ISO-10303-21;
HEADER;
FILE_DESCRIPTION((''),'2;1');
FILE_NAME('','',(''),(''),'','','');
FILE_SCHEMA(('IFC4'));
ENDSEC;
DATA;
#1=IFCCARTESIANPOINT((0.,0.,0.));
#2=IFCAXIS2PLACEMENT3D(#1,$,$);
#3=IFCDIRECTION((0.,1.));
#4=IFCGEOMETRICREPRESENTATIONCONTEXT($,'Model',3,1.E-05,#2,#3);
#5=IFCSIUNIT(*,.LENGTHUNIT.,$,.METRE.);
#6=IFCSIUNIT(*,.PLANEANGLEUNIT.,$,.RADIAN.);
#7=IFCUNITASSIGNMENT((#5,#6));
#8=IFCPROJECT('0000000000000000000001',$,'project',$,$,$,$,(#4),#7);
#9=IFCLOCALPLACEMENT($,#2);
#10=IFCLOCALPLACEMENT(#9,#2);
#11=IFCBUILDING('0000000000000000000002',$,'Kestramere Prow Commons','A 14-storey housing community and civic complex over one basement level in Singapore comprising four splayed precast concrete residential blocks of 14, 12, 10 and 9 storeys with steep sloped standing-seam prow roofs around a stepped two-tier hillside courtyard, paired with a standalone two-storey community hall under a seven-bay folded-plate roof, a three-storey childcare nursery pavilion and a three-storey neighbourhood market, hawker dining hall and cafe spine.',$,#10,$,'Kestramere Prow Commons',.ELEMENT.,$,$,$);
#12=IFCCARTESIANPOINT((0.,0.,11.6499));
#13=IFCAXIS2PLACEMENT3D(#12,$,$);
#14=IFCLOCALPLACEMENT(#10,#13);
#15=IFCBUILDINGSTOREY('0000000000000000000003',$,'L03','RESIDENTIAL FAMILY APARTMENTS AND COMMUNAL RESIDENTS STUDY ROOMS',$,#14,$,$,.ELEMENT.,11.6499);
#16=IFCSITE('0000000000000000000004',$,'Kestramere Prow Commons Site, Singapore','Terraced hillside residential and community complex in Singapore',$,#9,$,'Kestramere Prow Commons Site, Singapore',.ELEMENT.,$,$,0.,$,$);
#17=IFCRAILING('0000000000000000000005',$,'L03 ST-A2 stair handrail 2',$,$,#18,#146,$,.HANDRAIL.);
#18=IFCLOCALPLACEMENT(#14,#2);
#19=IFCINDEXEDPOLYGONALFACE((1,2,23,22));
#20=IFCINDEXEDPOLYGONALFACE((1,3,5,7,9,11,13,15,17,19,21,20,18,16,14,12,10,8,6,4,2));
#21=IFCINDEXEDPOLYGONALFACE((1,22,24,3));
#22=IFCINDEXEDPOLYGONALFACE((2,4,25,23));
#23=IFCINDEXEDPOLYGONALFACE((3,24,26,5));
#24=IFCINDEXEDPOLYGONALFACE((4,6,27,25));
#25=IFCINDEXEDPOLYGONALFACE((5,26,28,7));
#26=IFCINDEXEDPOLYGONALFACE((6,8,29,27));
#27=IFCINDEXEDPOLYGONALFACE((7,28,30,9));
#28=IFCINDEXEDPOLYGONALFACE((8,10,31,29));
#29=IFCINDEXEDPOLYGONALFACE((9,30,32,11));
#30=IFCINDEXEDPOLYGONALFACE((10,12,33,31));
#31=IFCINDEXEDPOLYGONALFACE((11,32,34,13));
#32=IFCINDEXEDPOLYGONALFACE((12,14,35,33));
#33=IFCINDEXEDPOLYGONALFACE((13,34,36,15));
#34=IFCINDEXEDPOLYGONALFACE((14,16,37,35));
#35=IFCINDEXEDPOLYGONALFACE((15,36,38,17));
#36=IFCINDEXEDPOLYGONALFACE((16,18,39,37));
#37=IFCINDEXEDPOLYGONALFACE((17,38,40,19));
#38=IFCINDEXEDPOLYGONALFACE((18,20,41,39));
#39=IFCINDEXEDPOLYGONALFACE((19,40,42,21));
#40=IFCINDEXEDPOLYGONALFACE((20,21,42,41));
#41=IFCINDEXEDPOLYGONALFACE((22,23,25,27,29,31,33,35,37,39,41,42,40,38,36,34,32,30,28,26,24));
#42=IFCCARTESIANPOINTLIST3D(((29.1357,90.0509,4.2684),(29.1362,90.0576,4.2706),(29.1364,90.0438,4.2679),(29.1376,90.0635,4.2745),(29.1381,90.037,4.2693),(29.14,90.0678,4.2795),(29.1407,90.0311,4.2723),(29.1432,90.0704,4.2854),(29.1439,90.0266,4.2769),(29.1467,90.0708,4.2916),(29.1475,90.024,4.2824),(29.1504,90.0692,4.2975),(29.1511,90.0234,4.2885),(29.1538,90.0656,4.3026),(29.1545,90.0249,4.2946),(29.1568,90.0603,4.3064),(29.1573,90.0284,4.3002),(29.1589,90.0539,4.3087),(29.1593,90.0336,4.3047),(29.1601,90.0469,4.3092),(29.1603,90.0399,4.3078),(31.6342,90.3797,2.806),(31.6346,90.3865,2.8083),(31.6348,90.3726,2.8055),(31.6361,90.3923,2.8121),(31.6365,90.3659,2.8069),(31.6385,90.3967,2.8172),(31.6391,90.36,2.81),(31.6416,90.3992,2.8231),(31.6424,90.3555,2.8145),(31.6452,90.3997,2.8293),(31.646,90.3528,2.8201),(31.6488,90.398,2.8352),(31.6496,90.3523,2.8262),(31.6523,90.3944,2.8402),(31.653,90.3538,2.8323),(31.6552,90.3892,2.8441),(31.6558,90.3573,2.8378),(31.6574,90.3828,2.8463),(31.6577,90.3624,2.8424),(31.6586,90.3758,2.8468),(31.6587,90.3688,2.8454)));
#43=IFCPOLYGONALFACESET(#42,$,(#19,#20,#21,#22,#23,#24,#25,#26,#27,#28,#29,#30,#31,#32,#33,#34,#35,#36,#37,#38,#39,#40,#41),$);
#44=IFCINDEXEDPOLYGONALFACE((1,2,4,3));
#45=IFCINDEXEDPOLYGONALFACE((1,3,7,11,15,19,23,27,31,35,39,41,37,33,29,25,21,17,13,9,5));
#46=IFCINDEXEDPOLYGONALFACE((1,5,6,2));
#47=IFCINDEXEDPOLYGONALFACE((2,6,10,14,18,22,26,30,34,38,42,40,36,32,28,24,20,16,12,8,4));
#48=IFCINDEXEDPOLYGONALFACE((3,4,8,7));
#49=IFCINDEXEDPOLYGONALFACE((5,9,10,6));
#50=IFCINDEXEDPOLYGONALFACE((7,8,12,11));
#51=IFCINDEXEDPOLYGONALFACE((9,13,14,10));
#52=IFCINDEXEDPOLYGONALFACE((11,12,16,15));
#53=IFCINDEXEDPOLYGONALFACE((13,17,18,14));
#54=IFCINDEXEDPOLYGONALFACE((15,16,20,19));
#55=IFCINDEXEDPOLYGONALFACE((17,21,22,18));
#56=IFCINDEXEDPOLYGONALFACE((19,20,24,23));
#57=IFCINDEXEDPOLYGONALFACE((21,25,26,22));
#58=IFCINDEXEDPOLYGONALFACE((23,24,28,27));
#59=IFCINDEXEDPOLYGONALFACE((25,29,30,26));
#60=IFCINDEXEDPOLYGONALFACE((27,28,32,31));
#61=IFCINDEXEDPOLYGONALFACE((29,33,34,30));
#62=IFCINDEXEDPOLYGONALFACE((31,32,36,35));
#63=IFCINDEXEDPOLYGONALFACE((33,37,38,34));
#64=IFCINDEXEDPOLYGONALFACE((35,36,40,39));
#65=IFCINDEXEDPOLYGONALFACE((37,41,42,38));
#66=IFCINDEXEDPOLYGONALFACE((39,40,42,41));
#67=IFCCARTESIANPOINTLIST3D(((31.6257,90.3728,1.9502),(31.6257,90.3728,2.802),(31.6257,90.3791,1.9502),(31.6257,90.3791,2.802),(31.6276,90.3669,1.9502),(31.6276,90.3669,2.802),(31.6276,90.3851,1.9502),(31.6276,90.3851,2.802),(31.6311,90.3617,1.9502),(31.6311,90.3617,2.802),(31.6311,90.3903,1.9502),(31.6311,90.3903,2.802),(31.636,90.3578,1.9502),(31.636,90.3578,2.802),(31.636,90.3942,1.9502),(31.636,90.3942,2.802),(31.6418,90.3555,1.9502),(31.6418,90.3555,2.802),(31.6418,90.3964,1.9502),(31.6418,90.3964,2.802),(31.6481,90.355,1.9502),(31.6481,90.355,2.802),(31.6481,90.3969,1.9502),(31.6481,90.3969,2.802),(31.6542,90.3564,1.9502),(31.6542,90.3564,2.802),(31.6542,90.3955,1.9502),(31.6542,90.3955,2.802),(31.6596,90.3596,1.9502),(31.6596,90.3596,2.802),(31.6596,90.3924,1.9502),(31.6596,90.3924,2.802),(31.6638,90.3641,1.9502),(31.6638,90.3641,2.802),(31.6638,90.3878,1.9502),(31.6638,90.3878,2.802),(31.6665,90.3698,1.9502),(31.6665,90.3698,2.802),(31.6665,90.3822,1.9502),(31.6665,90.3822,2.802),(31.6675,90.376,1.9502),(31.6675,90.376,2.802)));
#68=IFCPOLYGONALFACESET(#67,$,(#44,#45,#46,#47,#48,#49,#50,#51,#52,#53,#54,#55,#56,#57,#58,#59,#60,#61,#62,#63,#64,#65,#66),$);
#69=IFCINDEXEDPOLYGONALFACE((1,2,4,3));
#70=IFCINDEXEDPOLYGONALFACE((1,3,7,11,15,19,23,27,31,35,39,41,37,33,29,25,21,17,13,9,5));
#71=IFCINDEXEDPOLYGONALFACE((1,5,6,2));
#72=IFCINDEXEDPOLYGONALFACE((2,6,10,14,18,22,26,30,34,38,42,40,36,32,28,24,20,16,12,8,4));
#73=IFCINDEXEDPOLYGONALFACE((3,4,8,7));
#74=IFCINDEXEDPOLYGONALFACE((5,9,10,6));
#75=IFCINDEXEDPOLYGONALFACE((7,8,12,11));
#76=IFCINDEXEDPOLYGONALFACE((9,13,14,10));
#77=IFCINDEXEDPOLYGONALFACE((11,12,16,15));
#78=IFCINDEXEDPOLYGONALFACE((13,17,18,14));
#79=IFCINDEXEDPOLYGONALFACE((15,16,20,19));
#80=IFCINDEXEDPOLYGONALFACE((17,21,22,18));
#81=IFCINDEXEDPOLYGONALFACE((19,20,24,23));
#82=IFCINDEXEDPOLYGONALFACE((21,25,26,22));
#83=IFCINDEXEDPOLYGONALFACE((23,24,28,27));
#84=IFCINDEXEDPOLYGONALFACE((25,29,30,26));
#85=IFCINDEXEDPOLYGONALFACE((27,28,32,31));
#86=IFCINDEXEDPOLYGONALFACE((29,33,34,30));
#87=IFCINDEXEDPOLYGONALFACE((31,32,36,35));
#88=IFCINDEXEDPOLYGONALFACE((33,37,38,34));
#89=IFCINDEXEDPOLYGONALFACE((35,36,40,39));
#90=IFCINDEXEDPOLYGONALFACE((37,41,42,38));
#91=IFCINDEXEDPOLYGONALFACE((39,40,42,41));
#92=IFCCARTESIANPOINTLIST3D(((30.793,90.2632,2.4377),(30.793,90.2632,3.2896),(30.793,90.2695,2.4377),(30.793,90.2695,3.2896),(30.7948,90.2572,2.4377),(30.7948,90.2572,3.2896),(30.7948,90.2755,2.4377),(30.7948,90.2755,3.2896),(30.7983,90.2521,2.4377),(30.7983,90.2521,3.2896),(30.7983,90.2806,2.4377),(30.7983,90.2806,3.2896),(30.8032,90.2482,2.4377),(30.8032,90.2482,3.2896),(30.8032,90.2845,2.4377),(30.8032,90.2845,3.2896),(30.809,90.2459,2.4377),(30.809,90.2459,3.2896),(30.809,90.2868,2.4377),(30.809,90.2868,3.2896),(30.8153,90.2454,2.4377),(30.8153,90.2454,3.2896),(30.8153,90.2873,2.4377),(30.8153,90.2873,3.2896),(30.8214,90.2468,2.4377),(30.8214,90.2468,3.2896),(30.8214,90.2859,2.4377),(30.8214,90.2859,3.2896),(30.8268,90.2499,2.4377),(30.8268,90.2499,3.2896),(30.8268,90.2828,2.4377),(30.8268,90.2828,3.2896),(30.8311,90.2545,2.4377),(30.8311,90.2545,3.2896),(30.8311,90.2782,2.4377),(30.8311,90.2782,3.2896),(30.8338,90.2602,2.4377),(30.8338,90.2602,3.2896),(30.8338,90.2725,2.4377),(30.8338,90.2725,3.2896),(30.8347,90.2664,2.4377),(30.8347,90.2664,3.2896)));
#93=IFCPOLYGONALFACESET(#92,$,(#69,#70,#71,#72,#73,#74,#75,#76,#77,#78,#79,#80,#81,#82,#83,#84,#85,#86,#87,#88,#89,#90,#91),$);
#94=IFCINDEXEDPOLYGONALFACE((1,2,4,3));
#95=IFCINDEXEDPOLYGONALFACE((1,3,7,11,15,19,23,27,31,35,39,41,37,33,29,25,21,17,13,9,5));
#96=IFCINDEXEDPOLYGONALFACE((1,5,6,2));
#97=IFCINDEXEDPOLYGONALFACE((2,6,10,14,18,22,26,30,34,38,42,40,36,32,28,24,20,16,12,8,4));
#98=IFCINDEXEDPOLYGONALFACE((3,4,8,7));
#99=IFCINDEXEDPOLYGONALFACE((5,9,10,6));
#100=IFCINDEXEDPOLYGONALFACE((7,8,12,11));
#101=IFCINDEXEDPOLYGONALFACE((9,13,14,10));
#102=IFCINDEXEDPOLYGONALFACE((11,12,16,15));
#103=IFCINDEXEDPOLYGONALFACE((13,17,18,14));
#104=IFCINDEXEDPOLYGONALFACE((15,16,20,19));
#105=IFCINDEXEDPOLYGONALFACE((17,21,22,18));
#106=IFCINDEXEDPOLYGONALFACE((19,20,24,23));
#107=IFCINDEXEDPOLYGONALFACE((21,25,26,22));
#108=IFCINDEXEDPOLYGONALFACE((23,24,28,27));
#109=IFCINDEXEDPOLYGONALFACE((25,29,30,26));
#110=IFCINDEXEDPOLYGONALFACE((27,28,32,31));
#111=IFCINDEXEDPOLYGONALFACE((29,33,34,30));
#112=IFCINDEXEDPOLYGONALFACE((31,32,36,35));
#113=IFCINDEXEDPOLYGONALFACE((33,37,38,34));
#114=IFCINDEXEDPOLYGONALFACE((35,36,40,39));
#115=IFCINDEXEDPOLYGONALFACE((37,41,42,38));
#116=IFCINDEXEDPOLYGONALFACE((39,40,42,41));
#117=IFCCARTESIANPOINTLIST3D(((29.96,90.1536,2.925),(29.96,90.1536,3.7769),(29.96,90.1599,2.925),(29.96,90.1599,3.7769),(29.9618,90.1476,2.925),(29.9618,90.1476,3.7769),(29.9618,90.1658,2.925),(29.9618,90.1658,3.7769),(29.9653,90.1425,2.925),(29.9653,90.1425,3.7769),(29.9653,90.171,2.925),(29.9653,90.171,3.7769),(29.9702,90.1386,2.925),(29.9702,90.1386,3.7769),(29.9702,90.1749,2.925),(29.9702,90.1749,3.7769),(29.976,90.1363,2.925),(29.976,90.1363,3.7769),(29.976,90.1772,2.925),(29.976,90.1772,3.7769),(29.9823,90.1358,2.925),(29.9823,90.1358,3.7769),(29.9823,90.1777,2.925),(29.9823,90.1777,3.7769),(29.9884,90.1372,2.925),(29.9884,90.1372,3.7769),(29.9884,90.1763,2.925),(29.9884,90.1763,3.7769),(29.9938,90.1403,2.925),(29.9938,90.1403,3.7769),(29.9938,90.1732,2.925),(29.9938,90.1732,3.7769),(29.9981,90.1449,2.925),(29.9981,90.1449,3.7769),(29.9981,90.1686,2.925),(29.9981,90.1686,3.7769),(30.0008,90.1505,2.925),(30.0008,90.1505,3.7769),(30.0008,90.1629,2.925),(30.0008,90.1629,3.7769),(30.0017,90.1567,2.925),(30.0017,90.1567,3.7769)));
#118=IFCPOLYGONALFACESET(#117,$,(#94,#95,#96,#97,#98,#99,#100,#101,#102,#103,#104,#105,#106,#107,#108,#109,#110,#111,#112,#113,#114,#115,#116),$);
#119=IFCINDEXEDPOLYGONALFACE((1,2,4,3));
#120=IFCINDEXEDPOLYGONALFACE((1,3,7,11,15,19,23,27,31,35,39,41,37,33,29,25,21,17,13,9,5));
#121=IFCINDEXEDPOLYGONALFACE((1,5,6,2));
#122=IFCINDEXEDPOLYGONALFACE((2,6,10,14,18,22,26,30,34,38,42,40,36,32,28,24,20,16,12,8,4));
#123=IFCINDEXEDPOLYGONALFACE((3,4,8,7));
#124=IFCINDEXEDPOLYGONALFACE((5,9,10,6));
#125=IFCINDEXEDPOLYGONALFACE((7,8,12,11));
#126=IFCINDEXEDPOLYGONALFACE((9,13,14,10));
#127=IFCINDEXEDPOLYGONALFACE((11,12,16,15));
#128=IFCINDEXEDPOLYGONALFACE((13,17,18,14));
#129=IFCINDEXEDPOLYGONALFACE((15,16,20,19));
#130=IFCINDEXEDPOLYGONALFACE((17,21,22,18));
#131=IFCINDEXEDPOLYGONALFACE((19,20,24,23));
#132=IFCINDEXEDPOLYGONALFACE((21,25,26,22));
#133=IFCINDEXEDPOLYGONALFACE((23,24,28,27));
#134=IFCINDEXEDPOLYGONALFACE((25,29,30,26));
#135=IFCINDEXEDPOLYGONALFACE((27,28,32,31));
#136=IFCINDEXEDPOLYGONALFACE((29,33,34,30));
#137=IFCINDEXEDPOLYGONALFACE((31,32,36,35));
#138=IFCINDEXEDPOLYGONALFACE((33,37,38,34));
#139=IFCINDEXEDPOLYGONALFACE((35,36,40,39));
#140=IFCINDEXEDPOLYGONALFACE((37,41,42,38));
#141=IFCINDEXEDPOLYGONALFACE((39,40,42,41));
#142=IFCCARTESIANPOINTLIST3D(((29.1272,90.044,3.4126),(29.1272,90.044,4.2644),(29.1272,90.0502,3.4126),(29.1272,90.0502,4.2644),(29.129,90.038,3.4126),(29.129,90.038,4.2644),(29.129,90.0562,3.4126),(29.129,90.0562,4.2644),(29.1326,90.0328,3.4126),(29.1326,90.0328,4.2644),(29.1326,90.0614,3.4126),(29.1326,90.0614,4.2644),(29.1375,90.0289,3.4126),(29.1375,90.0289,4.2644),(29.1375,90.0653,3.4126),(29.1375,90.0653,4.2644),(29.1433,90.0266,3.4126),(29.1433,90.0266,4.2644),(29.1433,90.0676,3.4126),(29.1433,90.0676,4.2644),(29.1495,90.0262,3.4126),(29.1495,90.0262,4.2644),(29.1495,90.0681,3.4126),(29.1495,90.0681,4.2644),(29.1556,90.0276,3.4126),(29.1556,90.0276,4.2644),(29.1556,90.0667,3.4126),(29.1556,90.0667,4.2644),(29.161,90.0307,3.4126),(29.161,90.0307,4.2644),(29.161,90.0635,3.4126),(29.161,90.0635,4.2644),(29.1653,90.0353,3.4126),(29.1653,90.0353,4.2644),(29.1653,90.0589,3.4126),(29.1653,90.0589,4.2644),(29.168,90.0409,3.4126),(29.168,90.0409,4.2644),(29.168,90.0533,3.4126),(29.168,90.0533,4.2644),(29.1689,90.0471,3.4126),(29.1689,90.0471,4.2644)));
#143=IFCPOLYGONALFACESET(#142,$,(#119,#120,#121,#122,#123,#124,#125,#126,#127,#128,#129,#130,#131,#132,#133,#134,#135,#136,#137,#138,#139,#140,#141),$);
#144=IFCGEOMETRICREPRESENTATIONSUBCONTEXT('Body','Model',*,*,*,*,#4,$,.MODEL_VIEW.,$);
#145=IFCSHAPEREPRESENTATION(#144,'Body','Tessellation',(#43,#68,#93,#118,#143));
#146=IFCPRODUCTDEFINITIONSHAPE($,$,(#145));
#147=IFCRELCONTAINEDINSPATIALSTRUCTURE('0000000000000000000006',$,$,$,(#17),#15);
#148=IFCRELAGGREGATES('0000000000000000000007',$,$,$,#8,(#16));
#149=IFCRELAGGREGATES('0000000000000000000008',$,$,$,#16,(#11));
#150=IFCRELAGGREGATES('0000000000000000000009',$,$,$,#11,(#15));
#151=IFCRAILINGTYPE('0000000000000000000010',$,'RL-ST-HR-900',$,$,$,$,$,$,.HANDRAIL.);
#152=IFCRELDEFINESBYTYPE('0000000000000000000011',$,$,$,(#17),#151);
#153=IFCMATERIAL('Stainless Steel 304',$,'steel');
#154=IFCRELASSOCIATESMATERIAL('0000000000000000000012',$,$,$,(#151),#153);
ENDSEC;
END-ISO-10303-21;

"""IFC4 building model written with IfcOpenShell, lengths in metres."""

from ifc_helpers import new_model, si_unit, direction, frame, origin, origin_2d, place, context, subcontext, project, spatial, circle, extrude, material, type_object, element, save


model = new_model("IFC4")

# Units and contexts
model_context = context("Model", 3, precision=1e-05, world=origin(), true_north=direction((0.0, 1.0)))
body_context = subcontext(model_context, "Body", "Model", "MODEL_VIEW")
ifc_project = project(units=[si_unit("LENGTHUNIT", "METRE"), si_unit("PLANEANGLEUNIT", "RADIAN")], contexts=[model_context])

# Site, building, storey
site_placement = place(None, origin())
site = spatial("IfcSite", under=ifc_project, at=site_placement, Name="Kestramere Prow Commons Site, Singapore", Description="Terraced hillside residential and community complex in Singapore", LongName="Kestramere Prow Commons Site, Singapore", CompositionType="ELEMENT", RefElevation=0.0)
building_placement = place(site_placement, origin())
building = spatial("IfcBuilding", under=site, at=building_placement, Name="Kestramere Prow Commons", Description="A 14-storey housing community and civic complex over one basement level in Singapore comprising four splayed precast concrete residential blocks of 14, 12, 10 and 9 storeys with steep sloped standing-seam prow roofs around a stepped two-tier hillside courtyard, paired with a standalone two-storey community hall under a seven-bay folded-plate roof, a three-storey childcare nursery pavilion and a three-storey neighbourhood market, hawker dining hall and cafe spine.", LongName="Kestramere Prow Commons", CompositionType="ELEMENT")
storey_placement = place(building_placement, frame((0.0, 0.0, 11.6499)))
storey = spatial("IfcBuildingStorey", under=building, at=storey_placement, Name="L03", Description="RESIDENTIAL FAMILY APARTMENTS AND COMMUNAL RESIDENTS STUDY ROOMS", CompositionType="ELEMENT", Elevation=11.6499)

# Railing
ifc_material_1 = material(Name="Stainless Steel 304", Category="steel")
railing_type_1 = type_object("IfcRailingType", Name="RL-ST-HR-900", PredefinedType="HANDRAIL", material=ifc_material_1)
railing_1_placement = place(storey_placement, frame((31.6465, 90.376, 1.9502)))
element("IfcRailing", 1, at=railing_1_placement, inside=storey, type_object=railing_type_1, Name="L03 ST-A2 stair handrail 2", PredefinedType="HANDRAIL", context=body_context, shape_type="SweptSolid", body=[
    extrude(circle(Radius=0.0239, at=origin_2d()), frame((0.0, 0.0, 0.876), z_axis=(-0.857523, -0.112867, 0.501912), x_axis=(0.130495, -0.991449, 0.0)), (0.0, 0.0, 1.0), 2.9136),
    extrude(circle(Radius=0.021, at=origin_2d()), origin(), (0.0, 0.0, 1.0), 0.8518),
    extrude(circle(Radius=0.021, at=origin_2d()), frame((-0.8328, -0.1096, 0.4875)), (0.0, 0.0, 1.0), 0.8518),
    extrude(circle(Radius=0.021, at=origin_2d()), frame((-1.6658, -0.2192, 0.9749)), (0.0, 0.0, 1.0), 0.8518),
    extrude(circle(Radius=0.021, at=origin_2d()), frame((-2.4985, -0.3289, 1.4624)), (0.0, 0.0, 1.0), 0.8518),
])

save(model, "model.ifc")
